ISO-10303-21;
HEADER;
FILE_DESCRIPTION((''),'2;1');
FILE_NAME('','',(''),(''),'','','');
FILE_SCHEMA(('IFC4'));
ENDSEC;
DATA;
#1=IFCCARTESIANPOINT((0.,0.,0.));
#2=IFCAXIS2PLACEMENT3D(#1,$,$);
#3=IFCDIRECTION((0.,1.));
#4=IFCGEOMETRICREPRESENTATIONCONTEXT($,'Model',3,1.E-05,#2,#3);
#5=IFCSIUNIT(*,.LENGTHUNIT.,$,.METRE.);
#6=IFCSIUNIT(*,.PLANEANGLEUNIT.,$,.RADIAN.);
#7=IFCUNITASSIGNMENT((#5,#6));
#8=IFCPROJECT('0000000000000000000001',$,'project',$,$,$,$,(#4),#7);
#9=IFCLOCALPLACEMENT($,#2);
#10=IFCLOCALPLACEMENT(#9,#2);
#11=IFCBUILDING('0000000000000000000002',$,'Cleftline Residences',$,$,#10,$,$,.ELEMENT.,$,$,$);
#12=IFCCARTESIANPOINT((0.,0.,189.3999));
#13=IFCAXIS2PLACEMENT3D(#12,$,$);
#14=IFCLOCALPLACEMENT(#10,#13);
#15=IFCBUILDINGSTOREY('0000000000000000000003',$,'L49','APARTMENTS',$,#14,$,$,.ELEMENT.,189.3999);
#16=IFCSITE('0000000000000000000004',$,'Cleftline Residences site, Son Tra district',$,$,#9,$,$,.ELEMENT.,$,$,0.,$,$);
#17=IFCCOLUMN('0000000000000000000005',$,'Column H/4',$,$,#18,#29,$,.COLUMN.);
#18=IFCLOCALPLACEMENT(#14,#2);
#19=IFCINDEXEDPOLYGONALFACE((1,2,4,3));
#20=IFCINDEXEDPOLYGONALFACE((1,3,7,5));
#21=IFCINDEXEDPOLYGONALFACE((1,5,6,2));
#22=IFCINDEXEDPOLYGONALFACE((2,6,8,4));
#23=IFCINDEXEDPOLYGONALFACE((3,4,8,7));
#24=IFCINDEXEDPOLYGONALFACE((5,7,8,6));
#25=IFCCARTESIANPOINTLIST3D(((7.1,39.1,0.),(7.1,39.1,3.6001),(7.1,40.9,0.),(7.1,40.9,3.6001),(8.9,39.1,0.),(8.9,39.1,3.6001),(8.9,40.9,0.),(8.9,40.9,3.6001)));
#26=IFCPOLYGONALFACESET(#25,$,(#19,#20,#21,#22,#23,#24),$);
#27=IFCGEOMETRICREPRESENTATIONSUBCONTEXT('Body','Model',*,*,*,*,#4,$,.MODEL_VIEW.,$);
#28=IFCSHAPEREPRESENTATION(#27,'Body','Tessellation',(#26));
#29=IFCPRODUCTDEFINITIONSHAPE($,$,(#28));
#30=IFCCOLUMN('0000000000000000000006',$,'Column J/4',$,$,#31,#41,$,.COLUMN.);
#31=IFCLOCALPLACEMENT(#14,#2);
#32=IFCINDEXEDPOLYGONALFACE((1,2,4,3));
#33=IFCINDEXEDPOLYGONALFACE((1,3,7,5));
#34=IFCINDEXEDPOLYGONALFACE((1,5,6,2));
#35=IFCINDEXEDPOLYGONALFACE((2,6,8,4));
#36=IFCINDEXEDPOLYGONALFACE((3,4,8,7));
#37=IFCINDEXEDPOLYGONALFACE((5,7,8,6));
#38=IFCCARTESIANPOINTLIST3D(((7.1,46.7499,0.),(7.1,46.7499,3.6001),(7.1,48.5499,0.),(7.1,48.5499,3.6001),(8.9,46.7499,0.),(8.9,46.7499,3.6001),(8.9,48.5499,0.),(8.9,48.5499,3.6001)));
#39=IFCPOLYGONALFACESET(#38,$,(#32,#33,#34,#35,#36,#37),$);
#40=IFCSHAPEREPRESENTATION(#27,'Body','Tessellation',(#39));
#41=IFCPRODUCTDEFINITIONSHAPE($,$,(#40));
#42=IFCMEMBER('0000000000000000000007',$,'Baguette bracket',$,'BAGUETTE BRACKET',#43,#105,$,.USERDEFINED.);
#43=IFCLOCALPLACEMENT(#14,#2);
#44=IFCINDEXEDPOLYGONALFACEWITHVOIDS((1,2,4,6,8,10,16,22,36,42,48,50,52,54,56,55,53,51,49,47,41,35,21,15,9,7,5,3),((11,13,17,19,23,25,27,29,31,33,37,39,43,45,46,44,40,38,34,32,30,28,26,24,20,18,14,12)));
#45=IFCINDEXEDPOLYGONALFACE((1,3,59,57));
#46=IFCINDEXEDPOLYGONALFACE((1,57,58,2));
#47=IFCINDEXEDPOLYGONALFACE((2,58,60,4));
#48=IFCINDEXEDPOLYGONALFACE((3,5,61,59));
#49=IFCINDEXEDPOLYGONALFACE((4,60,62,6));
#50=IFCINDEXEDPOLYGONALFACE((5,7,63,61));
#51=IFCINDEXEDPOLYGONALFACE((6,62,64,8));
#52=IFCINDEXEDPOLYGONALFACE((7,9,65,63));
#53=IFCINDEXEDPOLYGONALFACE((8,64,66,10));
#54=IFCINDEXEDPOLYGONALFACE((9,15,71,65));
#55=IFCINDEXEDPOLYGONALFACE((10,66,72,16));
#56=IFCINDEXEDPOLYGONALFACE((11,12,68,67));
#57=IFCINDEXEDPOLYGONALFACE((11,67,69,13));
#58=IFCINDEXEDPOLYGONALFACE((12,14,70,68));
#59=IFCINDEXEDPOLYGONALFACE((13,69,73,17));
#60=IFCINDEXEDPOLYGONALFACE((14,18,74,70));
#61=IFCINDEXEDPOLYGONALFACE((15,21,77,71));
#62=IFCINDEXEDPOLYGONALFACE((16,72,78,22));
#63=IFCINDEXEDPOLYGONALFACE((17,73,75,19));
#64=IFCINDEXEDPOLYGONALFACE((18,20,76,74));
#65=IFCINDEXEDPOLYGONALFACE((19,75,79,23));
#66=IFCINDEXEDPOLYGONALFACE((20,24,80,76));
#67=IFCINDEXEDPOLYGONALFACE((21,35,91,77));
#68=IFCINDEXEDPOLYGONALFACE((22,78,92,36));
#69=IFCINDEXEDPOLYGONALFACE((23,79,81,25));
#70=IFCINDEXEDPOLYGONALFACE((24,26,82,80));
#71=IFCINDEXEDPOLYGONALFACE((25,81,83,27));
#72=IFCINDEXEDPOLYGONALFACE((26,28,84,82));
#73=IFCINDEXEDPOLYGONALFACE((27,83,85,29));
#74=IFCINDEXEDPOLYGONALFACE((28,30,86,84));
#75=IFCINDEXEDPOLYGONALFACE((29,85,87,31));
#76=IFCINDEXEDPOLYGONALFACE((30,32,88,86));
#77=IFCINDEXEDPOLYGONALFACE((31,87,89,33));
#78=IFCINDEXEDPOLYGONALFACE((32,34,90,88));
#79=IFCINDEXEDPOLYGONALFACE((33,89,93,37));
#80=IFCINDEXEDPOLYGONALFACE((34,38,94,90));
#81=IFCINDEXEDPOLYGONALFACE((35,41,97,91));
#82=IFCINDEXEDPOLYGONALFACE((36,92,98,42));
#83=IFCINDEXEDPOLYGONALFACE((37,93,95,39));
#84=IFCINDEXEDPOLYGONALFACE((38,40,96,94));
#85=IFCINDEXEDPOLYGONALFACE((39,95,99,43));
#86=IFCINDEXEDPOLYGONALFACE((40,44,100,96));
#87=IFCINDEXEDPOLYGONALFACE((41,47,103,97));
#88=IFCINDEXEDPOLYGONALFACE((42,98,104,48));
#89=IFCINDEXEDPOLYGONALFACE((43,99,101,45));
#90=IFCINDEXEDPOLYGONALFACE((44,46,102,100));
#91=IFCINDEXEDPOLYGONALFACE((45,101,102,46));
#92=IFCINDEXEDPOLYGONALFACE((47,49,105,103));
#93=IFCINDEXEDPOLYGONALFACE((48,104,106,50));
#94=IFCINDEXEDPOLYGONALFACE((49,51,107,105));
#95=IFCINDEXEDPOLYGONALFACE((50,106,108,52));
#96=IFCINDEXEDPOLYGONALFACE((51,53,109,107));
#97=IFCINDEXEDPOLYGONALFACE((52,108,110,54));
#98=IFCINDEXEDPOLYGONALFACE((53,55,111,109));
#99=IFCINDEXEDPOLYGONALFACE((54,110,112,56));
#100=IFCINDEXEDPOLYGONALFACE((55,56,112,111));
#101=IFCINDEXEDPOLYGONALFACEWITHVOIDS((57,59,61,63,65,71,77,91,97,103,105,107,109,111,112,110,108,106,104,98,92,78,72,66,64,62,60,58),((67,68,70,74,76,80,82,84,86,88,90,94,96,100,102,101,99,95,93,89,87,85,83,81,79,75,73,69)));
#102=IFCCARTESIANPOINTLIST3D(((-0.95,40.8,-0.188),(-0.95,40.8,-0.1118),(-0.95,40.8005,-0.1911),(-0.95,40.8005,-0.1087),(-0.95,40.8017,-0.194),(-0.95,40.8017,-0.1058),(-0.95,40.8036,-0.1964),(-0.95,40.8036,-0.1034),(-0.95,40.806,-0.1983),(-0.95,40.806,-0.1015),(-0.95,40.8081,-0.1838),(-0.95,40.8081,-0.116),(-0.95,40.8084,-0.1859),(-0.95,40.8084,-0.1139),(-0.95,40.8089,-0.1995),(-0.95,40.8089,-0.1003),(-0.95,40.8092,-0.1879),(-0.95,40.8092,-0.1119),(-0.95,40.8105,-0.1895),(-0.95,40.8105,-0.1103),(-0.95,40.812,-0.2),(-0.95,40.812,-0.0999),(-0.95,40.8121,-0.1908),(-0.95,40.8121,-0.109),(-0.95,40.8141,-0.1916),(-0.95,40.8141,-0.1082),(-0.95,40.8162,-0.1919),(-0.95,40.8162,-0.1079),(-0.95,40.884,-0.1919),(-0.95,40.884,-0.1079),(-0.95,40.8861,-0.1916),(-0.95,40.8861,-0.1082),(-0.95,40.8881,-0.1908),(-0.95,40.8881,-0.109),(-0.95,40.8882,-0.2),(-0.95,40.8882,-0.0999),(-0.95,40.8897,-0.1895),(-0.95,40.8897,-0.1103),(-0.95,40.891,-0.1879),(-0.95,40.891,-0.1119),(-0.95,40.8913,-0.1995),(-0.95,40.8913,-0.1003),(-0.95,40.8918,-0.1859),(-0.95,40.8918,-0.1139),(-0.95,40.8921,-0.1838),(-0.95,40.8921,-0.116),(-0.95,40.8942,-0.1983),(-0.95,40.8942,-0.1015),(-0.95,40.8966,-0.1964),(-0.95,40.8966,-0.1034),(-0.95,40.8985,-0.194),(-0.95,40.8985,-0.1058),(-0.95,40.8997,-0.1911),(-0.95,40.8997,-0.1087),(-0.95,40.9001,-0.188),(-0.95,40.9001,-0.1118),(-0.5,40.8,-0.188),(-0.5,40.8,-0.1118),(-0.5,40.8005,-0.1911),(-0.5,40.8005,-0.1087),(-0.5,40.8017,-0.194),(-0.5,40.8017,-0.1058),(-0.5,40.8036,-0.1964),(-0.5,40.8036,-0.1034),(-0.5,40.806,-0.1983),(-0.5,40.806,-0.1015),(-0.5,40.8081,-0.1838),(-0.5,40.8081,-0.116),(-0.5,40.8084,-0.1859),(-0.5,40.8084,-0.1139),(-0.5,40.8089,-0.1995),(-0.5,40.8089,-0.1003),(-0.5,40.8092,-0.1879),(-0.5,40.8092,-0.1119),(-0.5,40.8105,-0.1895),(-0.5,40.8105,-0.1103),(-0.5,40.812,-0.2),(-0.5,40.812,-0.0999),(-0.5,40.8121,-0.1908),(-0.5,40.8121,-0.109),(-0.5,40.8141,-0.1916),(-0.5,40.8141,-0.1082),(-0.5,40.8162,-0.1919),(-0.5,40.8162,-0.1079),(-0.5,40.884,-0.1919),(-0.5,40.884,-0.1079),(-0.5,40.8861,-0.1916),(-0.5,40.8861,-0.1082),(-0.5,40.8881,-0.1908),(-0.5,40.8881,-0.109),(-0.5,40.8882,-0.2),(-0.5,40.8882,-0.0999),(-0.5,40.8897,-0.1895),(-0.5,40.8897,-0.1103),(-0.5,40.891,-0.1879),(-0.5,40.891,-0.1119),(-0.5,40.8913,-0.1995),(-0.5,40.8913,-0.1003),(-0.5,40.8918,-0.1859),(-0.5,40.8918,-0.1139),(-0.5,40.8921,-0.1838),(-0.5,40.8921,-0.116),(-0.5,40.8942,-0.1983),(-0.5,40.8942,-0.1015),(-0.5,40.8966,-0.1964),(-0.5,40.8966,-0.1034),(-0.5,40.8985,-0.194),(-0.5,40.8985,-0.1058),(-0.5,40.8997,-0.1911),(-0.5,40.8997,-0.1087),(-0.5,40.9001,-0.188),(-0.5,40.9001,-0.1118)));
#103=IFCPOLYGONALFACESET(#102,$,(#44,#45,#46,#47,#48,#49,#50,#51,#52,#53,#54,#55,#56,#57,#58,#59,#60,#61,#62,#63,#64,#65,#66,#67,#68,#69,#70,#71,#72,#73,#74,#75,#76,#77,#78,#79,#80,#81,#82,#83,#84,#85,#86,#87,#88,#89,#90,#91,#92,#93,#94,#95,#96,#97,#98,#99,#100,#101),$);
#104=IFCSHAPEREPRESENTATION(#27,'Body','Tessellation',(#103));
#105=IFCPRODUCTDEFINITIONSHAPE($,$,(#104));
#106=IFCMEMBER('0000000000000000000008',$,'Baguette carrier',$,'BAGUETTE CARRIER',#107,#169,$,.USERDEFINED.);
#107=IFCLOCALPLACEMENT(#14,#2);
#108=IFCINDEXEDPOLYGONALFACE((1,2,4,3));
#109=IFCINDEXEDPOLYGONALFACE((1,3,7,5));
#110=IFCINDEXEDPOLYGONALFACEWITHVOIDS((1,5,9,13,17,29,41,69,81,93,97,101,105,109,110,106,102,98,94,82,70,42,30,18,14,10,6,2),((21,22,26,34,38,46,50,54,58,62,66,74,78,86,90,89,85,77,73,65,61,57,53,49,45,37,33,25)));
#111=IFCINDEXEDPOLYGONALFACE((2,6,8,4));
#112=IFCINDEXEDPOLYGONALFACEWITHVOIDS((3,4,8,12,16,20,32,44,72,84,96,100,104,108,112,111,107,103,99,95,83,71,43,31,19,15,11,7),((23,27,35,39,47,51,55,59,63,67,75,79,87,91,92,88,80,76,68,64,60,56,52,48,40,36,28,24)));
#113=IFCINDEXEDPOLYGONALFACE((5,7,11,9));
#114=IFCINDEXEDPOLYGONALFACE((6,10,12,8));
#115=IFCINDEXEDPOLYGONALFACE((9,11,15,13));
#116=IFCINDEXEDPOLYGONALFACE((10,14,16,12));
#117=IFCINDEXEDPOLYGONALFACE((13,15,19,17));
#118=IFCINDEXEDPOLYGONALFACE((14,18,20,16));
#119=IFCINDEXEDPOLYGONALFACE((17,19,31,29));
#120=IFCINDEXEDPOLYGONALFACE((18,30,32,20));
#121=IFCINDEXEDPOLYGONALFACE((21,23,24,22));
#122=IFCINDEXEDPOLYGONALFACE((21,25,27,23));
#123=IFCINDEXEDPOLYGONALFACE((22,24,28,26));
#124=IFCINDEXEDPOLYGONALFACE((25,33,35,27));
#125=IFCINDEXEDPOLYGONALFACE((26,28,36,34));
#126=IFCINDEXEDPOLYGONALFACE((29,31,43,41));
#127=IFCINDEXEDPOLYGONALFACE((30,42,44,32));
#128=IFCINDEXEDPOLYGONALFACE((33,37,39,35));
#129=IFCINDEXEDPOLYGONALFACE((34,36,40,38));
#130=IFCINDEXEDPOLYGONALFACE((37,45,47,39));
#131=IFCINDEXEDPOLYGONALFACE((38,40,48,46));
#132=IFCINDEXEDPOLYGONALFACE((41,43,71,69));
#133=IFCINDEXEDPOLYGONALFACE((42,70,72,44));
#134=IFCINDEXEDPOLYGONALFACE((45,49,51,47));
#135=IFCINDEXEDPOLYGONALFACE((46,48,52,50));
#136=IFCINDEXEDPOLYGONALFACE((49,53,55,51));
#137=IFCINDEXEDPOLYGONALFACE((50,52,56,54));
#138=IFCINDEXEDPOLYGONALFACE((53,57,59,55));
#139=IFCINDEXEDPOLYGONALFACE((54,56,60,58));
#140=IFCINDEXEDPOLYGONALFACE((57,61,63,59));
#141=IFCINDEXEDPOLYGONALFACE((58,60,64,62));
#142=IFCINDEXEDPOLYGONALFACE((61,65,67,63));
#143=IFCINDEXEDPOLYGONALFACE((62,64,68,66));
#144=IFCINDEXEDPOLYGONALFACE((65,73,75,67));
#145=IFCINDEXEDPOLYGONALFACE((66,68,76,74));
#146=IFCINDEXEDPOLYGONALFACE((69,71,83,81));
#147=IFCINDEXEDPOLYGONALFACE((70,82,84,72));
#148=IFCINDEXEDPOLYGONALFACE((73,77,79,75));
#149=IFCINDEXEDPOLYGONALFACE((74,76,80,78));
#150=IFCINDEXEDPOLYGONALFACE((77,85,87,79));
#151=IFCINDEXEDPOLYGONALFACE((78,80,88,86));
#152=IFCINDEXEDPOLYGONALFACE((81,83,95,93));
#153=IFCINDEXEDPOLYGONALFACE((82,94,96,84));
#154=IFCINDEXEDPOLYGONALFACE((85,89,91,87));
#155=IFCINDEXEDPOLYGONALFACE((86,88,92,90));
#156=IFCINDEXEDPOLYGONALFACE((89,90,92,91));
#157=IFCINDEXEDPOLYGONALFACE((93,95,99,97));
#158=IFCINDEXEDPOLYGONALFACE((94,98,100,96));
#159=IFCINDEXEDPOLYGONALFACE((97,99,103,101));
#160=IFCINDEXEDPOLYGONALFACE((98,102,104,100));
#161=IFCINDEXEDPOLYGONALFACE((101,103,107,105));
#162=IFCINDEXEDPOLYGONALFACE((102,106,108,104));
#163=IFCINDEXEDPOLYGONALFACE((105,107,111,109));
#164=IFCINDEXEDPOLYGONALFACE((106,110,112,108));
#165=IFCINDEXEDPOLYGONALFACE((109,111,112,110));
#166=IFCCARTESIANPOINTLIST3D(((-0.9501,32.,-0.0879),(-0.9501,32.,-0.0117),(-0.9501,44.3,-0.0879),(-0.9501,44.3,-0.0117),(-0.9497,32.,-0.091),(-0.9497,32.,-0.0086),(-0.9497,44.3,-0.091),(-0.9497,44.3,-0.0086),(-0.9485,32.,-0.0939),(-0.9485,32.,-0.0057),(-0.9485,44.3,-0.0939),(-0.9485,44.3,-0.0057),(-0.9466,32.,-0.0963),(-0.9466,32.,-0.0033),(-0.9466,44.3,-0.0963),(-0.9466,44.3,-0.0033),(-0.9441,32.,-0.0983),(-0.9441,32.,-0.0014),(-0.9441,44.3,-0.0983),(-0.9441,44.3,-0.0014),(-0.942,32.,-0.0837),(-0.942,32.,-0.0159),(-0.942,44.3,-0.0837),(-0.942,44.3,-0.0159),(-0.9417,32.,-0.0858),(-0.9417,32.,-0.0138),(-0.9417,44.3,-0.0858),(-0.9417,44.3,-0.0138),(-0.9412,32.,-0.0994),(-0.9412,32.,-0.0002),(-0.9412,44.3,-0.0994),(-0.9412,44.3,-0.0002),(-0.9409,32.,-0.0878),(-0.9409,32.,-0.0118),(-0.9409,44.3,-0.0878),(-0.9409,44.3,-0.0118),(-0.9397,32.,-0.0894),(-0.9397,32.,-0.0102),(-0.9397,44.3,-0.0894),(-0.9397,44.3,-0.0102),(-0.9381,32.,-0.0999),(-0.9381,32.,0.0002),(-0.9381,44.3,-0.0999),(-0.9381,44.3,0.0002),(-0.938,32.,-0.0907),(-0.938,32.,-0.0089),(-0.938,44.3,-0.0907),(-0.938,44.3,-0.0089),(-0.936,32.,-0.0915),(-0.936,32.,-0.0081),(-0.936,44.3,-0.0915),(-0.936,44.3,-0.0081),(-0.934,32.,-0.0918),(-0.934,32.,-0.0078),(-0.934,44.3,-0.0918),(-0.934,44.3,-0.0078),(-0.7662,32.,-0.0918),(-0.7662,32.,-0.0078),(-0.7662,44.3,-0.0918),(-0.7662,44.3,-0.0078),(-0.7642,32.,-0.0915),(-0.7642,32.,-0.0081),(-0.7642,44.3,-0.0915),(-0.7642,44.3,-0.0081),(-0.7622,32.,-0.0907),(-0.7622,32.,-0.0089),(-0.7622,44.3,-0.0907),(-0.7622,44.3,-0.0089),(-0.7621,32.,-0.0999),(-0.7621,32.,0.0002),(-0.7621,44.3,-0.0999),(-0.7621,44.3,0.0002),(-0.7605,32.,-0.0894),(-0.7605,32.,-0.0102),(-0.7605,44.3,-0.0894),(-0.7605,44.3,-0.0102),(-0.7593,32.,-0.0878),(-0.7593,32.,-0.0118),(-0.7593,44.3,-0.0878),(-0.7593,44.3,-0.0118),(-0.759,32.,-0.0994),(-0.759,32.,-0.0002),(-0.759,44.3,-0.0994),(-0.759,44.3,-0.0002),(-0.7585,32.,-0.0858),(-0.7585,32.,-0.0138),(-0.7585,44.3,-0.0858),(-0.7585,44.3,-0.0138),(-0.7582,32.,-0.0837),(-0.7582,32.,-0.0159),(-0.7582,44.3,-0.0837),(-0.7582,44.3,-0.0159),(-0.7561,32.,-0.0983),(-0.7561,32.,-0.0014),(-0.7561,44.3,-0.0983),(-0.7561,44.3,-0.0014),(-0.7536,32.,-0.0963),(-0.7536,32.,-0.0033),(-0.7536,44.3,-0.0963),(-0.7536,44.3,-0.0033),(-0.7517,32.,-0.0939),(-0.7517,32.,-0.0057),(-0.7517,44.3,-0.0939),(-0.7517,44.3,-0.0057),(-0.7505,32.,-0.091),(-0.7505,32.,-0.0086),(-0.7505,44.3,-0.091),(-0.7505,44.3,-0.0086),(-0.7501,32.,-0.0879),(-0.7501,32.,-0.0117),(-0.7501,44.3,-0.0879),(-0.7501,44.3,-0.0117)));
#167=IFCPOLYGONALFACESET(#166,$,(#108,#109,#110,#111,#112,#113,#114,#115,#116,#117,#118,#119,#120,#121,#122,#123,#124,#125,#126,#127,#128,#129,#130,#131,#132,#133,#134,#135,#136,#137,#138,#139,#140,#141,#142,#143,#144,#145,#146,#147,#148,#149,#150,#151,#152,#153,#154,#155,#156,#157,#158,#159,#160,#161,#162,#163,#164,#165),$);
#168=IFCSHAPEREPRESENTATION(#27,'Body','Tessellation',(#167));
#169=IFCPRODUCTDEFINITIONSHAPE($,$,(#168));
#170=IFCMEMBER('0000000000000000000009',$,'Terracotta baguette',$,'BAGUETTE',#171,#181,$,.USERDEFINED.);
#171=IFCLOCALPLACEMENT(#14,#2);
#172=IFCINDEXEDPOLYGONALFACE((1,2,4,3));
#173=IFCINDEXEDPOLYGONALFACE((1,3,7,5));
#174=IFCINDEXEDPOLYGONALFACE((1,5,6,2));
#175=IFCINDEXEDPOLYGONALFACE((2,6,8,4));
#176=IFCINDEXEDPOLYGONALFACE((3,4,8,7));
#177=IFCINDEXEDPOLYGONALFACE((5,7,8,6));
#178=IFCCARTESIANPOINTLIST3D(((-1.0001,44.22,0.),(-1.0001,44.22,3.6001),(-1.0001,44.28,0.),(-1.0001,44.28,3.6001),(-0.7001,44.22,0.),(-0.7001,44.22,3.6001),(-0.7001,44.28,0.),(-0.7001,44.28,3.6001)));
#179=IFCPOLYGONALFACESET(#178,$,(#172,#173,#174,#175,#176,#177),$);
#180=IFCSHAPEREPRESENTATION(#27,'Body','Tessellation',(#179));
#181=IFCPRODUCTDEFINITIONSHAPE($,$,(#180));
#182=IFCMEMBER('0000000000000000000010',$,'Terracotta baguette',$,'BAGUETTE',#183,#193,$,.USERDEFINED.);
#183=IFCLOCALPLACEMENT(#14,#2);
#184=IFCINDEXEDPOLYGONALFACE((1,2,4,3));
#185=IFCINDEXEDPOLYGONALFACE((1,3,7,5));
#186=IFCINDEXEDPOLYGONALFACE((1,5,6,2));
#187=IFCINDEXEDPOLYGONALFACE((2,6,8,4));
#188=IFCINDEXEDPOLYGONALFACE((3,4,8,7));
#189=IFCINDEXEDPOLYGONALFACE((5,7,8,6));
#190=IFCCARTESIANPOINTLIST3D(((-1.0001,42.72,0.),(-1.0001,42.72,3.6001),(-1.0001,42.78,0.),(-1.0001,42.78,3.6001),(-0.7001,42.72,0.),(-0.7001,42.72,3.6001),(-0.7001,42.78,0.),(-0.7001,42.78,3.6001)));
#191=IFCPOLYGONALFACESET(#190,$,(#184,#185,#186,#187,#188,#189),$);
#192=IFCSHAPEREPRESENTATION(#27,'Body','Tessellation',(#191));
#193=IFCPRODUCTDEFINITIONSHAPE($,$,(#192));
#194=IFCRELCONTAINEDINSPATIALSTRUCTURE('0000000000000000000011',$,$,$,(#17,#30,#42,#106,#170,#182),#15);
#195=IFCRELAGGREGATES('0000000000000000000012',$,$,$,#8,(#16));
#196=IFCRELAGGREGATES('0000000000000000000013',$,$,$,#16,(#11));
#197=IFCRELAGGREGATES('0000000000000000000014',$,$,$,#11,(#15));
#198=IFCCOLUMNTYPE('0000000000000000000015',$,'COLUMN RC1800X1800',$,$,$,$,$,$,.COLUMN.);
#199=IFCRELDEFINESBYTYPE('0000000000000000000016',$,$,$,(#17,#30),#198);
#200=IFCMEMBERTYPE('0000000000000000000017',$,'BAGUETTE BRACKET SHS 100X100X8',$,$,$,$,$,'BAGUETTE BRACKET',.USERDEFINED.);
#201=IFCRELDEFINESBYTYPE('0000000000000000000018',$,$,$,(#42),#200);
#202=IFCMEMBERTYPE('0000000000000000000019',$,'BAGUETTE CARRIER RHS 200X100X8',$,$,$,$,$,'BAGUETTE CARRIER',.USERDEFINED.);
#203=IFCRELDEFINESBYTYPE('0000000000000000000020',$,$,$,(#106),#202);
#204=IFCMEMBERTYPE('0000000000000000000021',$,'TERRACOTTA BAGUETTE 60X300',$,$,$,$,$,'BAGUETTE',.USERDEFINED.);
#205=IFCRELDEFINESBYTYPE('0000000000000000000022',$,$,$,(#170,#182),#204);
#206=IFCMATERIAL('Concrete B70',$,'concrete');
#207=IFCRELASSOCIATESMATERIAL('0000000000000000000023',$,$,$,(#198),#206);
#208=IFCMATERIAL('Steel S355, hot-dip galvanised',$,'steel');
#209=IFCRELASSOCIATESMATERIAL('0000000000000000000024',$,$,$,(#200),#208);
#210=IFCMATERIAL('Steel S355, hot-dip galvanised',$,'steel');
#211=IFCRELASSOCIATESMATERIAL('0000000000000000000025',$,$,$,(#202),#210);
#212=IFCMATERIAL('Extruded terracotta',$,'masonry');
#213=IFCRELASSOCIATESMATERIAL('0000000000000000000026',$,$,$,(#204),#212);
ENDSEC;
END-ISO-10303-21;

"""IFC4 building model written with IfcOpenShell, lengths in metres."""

from ifc_helpers import new_model, si_unit, direction, frame, origin, origin_2d, place, context, subcontext, project, spatial, rectangle, hollow_rectangle, extrude, material, material_profile, profile_set, type_object, element, save


model = new_model("IFC4")

# Units and contexts
model_context = context("Model", 3, precision=1e-05, world=origin(), true_north=direction((0.0, 1.0)))
body_context = subcontext(model_context, "Body", "Model", "MODEL_VIEW")
ifc_project = project(units=[si_unit("LENGTHUNIT", "METRE"), si_unit("PLANEANGLEUNIT", "RADIAN")], contexts=[model_context])

# Site, building, storey
site_placement = place(None, origin())
site = spatial("IfcSite", under=ifc_project, at=site_placement, Name="Cleftline Residences site, Son Tra district", CompositionType="ELEMENT", RefElevation=0.0)
building_placement = place(site_placement, origin())
building = spatial("IfcBuilding", under=site, at=building_placement, Name="Cleftline Residences", CompositionType="ELEMENT")
storey_placement = place(building_placement, frame((0.0, 0.0, 189.3999)))
storey = spatial("IfcBuildingStorey", under=building, at=storey_placement, Name="L49", Description="APARTMENTS", CompositionType="ELEMENT", Elevation=189.3999)

# Columns
ifc_material_1 = material(Name="Concrete B70", Category="concrete")
ifc_material_profile_1 = material_profile(ifc_material_1, rectangle(XDim=1.8, YDim=1.8, at=origin_2d()))
ifc_profile_set_1 = profile_set([ifc_material_profile_1], Name="Concrete B70")
column_type = type_object("IfcColumnType", Name="COLUMN RC1800X1800", PredefinedType="COLUMN", material=ifc_profile_set_1)
for number, where, z_axis, x_axis, name in (
    (1, (8.0, 40.0, 0.0), (0.0, 0.0, 1.0), (1.0, 0.0, 0.0), "Column H/4"),
    (2, (8.0, 47.6499, 0.0), (0.0, 0.0, 1.0), (1.0, 0.0, 0.0), "Column J/4"),
):
    element("IfcColumn", number, at=place(storey_placement, frame(where, z_axis=z_axis, x_axis=x_axis)), inside=storey, type_object=column_type, Name=name, PredefinedType="COLUMN", context=body_context, shape_type="SweptSolid", body=[
        extrude(rectangle(XDim=1.8, YDim=1.8, at=origin_2d()), origin(), (0.0, 0.0, 1.0), 3.6001),
    ])

# Members
ifc_material_2 = material(Name="Steel S355, hot-dip galvanised", Category="steel")
ifc_material_profile_2 = material_profile(ifc_material_2, hollow_rectangle(XDim=0.1001, YDim=0.1001, WallThickness=0.0081, InnerFilletRadius=0.0081, OuterFilletRadius=0.012, at=origin_2d()))
ifc_profile_set_2 = profile_set([ifc_material_profile_2], Name="Steel S355, hot-dip galvanised")
member_type_1 = type_object("IfcMemberType", Name="BAGUETTE BRACKET SHS 100X100X8", ElementType="BAGUETTE BRACKET", PredefinedType="USERDEFINED", material=ifc_profile_set_2)
member_1_placement = place(storey_placement, frame((-0.5, 40.8501, -0.1499), z_axis=(-1.0, 0.0, 0.0), x_axis=(0.0, -1.0, 0.0)))
element("IfcMember", 3, at=member_1_placement, inside=storey, type_object=member_type_1, Name="Baguette bracket", ObjectType="BAGUETTE BRACKET", PredefinedType="USERDEFINED", context=body_context, shape_type="SweptSolid", body=[
    extrude(hollow_rectangle(XDim=0.1001, YDim=0.1001, WallThickness=0.0081, InnerFilletRadius=0.0081, OuterFilletRadius=0.012, at=origin_2d()), origin(), (0.0, 0.0, 1.0), 0.45),
])
ifc_material_3 = material(Name="Steel S355, hot-dip galvanised", Category="steel")
ifc_material_profile_3 = material_profile(ifc_material_3, hollow_rectangle(XDim=0.1001, YDim=0.2, WallThickness=0.0081, InnerFilletRadius=0.0081, OuterFilletRadius=0.012, at=origin_2d()))
ifc_profile_set_3 = profile_set([ifc_material_profile_3], Name="Steel S355, hot-dip galvanised")
member_type_2 = type_object("IfcMemberType", Name="BAGUETTE CARRIER RHS 200X100X8", ElementType="BAGUETTE CARRIER", PredefinedType="USERDEFINED", material=ifc_profile_set_3)
member_2_placement = place(storey_placement, frame((-0.8501, 44.3, -0.0498), z_axis=(0.0, -1.0, 0.0), x_axis=(0.0, 0.0, 1.0)))
element("IfcMember", 4, at=member_2_placement, inside=storey, type_object=member_type_2, Name="Baguette carrier", ObjectType="BAGUETTE CARRIER", PredefinedType="USERDEFINED", context=body_context, shape_type="SweptSolid", body=[
    extrude(hollow_rectangle(XDim=0.1001, YDim=0.2, WallThickness=0.0081, InnerFilletRadius=0.0081, OuterFilletRadius=0.012, at=origin_2d()), origin(), (0.0, 0.0, 1.0), 12.3),
])
ifc_material_4 = material(Name="Extruded terracotta", Category="masonry")
ifc_material_profile_4 = material_profile(ifc_material_4, rectangle(XDim=0.0601, YDim=0.3, at=origin_2d()))
ifc_profile_set_4 = profile_set([ifc_material_profile_4], Name="Extruded terracotta")
member_type_3 = type_object("IfcMemberType", Name="TERRACOTTA BAGUETTE 60X300", ElementType="BAGUETTE", PredefinedType="USERDEFINED", material=ifc_profile_set_4)
for number, where, z_axis, x_axis, name in (
    (5, (-0.8501, 44.25, 0.0), (0.0, 0.0, 1.0), (0.0, 1.0, 0.0), "Terracotta baguette"),
    (6, (-0.8501, 42.75, 0.0), (0.0, 0.0, 1.0), (0.0, 1.0, 0.0), "Terracotta baguette"),
):
    element("IfcMember", number, at=place(storey_placement, frame(where, z_axis=z_axis, x_axis=x_axis)), inside=storey, type_object=member_type_3, Name=name, ObjectType="BAGUETTE", PredefinedType="USERDEFINED", context=body_context, shape_type="SweptSolid", body=[
        extrude(rectangle(XDim=0.0601, YDim=0.3, at=origin_2d()), origin(), (0.0, 0.0, 1.0), 3.6001),
    ])

save(model, "model.ifc")
